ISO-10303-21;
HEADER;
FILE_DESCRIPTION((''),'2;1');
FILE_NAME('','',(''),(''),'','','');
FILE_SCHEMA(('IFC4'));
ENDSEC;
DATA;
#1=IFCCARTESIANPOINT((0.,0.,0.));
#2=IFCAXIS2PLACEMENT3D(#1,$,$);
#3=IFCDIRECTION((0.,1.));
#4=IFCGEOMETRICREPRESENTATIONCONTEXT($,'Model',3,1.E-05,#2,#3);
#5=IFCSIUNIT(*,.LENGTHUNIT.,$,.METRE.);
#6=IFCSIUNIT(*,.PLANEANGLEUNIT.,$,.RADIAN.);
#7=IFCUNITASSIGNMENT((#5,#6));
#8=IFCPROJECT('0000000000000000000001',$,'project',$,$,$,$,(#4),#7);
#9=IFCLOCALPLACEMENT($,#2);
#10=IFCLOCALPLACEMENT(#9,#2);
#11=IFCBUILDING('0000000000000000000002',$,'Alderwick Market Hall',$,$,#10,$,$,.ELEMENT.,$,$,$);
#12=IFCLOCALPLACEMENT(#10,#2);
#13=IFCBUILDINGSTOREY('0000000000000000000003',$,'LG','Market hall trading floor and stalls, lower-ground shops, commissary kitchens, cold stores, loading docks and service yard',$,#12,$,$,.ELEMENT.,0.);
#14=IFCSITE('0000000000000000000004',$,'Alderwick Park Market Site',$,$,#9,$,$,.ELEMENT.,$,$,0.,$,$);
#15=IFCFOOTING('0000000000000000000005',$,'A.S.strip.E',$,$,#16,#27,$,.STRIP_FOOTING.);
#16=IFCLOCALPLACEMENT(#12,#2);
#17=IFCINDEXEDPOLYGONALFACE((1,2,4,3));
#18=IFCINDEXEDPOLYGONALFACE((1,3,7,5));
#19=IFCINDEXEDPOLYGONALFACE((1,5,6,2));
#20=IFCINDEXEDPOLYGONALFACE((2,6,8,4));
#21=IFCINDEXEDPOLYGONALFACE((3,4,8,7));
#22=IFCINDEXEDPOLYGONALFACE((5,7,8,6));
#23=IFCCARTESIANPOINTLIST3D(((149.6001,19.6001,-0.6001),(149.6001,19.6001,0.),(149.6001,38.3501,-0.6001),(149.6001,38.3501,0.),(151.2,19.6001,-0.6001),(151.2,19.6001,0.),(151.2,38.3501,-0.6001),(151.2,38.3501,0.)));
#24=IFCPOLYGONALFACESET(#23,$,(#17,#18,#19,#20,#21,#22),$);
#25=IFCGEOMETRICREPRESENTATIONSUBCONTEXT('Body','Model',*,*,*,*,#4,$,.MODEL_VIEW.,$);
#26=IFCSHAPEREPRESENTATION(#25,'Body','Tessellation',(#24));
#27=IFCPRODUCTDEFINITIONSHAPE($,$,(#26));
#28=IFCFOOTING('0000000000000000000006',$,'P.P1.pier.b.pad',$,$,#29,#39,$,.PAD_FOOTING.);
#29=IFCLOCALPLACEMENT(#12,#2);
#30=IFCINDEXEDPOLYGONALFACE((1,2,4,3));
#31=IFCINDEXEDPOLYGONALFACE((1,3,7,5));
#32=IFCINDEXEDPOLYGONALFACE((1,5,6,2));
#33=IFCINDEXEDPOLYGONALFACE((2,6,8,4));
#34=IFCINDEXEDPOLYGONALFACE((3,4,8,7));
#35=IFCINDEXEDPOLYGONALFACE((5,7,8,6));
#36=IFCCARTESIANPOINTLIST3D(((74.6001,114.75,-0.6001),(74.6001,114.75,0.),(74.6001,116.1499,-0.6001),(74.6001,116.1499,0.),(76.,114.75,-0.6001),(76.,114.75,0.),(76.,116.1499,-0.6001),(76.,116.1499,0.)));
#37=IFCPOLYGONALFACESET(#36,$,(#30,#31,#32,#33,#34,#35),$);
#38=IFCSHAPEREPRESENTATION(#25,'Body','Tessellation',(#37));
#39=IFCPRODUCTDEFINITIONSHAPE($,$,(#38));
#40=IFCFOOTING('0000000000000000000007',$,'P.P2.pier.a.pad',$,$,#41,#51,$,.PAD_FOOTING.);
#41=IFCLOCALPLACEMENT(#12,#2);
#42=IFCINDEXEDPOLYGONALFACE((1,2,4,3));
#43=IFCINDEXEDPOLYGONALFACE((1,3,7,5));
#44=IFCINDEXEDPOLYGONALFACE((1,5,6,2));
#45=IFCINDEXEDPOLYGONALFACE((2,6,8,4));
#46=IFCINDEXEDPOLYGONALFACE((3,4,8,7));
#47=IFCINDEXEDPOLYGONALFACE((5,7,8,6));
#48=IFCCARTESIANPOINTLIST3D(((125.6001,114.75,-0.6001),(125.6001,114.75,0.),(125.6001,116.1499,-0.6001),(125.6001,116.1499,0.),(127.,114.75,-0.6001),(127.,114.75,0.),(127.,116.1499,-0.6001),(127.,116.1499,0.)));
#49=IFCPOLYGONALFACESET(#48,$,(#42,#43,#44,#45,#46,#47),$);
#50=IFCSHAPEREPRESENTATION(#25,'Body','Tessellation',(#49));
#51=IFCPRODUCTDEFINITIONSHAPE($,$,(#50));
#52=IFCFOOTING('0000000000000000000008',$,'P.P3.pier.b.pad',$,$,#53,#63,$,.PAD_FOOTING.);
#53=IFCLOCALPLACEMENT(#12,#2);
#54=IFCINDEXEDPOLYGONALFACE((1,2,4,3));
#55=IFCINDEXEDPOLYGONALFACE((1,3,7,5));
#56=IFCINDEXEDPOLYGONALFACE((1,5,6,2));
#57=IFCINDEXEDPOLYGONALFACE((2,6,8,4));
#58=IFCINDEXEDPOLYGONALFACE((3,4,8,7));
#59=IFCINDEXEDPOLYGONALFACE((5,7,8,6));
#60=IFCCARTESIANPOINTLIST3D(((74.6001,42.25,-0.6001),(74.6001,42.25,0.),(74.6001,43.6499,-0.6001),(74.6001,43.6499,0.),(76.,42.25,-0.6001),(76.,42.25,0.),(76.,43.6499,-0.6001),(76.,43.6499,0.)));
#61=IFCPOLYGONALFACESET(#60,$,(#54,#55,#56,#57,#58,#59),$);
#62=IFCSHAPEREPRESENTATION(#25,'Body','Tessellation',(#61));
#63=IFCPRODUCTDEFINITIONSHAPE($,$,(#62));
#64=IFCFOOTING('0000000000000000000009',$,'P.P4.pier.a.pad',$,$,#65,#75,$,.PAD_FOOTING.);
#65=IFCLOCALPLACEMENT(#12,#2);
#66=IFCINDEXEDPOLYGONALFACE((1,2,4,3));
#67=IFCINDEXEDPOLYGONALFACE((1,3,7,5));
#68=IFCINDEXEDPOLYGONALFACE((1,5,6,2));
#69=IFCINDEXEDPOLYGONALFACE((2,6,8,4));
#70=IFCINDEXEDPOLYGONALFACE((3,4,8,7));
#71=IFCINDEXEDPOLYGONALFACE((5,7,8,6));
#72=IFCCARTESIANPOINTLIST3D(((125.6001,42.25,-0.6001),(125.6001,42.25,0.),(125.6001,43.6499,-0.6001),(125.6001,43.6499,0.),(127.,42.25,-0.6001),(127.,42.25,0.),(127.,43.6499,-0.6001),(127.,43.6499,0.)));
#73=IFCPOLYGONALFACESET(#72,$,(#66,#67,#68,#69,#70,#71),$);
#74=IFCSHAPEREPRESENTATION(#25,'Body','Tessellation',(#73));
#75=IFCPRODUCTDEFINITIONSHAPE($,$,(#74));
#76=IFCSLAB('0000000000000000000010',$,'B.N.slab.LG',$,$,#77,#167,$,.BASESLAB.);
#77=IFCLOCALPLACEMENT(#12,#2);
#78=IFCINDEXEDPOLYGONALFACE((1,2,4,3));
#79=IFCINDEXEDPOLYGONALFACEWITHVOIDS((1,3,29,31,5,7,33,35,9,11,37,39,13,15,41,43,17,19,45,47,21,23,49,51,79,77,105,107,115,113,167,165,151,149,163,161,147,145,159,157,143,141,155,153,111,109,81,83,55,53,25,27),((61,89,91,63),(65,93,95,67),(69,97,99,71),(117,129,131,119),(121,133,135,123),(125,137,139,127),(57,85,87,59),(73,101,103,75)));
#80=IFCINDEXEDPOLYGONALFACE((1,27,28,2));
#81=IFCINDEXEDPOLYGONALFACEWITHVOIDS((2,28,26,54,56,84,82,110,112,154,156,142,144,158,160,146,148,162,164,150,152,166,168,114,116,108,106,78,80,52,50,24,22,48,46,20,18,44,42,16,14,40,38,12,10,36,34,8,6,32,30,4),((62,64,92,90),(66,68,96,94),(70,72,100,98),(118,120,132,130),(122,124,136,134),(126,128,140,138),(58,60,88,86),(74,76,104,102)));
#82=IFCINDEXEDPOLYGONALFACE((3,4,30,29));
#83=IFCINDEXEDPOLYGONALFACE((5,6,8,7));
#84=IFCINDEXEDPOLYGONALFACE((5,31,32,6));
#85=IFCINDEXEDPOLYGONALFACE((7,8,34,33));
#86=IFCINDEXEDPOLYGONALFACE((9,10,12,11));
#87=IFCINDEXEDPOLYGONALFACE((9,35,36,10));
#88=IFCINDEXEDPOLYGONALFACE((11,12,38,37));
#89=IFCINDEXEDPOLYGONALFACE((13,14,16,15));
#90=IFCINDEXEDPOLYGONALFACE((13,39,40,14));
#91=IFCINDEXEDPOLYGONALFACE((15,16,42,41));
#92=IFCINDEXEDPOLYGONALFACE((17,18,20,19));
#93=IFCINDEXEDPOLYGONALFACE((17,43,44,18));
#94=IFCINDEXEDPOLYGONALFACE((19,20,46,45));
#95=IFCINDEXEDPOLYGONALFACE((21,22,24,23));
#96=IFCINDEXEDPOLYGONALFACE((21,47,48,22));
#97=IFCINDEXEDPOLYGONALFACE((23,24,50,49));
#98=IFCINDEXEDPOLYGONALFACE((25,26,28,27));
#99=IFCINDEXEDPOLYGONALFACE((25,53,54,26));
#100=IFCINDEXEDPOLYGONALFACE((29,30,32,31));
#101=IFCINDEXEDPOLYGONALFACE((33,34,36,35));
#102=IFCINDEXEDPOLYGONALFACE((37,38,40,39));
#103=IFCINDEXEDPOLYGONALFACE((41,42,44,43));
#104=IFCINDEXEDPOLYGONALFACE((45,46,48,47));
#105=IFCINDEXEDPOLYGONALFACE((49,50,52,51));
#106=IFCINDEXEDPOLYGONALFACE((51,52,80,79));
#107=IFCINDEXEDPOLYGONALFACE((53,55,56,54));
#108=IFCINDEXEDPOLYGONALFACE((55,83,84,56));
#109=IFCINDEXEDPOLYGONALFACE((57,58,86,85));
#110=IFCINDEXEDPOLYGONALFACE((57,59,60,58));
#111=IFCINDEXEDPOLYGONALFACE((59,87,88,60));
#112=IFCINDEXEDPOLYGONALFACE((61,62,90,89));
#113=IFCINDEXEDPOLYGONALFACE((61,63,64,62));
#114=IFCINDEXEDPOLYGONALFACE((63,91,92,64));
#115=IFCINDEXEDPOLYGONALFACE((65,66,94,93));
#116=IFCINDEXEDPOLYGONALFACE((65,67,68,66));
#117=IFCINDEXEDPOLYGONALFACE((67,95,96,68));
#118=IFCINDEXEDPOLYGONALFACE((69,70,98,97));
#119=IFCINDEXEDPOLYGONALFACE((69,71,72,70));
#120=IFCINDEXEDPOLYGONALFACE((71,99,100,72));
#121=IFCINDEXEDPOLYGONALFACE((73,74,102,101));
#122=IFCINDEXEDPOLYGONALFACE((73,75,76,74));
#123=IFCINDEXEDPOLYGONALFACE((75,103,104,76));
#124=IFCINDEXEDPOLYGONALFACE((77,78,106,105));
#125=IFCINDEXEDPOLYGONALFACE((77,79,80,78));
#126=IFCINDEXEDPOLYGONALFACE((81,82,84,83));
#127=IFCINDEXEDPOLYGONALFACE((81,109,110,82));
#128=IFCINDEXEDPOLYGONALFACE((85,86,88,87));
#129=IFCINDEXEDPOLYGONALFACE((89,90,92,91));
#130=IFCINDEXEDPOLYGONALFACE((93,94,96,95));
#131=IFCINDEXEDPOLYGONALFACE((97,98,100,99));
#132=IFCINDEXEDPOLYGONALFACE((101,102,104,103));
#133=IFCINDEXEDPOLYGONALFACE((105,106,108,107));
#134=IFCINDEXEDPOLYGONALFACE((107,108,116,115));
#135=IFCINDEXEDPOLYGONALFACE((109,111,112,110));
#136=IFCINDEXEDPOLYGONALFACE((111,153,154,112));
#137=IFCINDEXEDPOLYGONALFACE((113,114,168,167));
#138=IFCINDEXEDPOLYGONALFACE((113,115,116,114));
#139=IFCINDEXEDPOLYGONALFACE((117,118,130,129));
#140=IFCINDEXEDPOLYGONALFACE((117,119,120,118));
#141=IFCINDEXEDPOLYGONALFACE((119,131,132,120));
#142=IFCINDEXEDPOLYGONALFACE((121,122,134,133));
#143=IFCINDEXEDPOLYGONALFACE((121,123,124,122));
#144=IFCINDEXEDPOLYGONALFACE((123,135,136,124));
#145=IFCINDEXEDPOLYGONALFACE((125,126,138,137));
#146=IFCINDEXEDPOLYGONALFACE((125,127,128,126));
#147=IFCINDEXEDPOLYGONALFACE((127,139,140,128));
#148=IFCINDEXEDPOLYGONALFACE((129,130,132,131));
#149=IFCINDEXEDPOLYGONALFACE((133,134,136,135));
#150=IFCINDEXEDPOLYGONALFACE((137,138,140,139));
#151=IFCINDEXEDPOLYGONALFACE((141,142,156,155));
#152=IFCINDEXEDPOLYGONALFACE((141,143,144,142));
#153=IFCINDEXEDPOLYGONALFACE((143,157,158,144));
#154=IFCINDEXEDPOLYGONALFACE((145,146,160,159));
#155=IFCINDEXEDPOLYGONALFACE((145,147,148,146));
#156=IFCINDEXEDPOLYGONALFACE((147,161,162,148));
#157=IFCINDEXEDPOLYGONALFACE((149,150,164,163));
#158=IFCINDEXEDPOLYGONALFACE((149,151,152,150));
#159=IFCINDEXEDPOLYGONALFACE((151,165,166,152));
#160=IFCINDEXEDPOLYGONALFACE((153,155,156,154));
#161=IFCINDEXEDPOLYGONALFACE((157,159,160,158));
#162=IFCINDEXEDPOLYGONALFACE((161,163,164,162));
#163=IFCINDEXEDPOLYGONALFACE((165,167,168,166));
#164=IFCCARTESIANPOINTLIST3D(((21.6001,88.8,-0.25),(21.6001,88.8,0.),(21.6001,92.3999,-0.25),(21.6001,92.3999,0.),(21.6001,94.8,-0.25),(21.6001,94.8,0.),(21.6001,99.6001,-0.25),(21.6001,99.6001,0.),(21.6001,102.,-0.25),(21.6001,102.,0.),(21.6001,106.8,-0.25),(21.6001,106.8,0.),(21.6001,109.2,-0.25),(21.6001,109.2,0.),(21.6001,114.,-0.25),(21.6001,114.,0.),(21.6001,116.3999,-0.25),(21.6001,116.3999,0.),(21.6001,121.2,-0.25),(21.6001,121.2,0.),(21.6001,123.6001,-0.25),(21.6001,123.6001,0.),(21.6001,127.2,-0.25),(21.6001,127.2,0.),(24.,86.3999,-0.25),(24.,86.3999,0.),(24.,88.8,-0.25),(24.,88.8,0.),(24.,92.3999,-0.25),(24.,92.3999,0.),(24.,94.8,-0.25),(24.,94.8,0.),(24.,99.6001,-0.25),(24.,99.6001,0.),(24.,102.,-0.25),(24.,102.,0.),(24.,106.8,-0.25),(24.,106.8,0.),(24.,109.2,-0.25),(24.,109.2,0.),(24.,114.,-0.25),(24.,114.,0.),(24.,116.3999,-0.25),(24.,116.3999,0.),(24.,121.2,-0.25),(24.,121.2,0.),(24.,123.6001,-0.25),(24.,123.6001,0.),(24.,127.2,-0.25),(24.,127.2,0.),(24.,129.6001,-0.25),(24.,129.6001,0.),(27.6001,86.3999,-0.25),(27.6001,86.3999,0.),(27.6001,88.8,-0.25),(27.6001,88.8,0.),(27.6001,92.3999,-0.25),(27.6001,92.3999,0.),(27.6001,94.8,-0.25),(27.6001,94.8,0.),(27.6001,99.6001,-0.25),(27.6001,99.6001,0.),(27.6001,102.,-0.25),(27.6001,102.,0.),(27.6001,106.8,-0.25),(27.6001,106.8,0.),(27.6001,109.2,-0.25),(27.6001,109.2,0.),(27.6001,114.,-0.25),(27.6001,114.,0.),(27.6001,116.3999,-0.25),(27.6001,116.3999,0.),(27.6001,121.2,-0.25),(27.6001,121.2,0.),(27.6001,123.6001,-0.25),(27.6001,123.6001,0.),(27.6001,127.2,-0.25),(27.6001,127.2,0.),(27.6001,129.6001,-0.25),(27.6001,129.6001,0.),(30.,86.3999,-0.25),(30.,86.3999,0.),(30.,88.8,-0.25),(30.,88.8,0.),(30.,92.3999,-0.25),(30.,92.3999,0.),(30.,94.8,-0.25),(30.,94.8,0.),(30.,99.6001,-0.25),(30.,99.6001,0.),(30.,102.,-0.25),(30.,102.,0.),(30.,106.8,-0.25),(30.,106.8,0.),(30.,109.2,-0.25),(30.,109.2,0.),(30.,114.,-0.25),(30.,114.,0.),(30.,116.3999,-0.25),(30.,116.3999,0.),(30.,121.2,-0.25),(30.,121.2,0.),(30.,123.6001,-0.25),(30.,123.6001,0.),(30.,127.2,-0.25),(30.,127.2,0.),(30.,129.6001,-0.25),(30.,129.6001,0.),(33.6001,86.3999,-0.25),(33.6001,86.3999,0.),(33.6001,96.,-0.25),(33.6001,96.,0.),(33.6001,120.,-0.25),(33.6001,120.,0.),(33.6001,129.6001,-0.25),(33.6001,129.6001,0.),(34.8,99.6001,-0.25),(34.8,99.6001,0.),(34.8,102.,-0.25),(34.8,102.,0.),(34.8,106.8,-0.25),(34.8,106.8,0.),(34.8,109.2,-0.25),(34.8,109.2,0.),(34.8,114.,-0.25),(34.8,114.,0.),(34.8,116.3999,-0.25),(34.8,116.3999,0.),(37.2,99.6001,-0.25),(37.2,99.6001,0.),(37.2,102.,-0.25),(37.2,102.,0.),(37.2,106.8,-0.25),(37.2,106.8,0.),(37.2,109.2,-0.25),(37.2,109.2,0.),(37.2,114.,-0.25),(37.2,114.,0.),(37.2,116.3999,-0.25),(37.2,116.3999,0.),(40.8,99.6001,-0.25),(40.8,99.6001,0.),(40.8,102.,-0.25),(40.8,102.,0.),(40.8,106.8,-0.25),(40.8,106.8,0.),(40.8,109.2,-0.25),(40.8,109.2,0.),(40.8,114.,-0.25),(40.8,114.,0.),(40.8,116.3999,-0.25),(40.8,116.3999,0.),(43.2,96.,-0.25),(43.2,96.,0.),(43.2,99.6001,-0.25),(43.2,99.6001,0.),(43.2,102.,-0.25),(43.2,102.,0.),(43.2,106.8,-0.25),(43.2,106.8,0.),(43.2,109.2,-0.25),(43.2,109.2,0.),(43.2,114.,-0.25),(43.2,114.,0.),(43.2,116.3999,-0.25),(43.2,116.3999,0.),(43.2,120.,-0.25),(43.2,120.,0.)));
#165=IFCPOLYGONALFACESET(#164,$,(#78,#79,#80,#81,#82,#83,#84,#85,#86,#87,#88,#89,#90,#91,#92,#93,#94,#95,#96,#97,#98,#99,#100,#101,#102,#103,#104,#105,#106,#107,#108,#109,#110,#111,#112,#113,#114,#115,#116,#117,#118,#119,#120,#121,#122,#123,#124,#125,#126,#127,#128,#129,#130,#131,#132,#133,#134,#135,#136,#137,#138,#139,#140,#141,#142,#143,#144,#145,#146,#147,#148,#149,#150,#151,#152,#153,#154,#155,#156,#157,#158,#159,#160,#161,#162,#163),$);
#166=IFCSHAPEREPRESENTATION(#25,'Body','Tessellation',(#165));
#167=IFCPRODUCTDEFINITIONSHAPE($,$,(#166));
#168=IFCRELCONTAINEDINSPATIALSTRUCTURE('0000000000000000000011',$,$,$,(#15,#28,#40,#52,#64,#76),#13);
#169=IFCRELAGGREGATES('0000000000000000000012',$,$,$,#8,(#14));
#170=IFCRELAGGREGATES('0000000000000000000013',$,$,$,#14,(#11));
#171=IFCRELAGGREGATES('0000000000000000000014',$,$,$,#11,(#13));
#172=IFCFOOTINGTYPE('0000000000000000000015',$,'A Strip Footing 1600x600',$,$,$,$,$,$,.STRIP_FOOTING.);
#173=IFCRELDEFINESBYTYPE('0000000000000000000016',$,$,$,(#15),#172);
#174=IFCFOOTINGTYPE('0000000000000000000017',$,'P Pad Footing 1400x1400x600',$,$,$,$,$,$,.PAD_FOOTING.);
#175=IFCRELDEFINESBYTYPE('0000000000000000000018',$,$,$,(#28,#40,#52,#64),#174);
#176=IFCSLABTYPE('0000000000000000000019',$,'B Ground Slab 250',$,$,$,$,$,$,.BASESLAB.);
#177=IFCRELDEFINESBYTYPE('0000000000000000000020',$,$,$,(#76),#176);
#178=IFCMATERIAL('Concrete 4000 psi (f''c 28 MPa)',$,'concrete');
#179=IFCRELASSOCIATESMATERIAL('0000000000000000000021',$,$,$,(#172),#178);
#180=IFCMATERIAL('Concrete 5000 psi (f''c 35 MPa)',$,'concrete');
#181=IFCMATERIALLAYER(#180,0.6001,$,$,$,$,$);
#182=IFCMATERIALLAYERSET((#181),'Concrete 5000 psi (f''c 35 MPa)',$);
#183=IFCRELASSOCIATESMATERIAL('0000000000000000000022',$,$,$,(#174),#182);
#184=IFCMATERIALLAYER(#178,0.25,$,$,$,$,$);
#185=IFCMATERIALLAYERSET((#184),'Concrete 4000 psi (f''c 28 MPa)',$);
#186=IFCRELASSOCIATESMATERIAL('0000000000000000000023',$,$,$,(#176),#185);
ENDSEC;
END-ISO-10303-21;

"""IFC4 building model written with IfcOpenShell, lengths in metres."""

from ifc_helpers import new_model, si_unit, direction, frame, origin, place, context, subcontext, project, spatial, polyline, outline, extrude, material, layer, layer_set, type_object, element, save


model = new_model("IFC4")

# Units and contexts
model_context = context("Model", 3, precision=1e-05, world=origin(), true_north=direction((0.0, 1.0)))
body_context = subcontext(model_context, "Body", "Model", "MODEL_VIEW")
ifc_project = project(units=[si_unit("LENGTHUNIT", "METRE"), si_unit("PLANEANGLEUNIT", "RADIAN")], contexts=[model_context])

# Site, building, storey
site_placement = place(None, origin())
site = spatial("IfcSite", under=ifc_project, at=site_placement, Name="Alderwick Park Market Site", CompositionType="ELEMENT", RefElevation=0.0)
building_placement = place(site_placement, origin())
building = spatial("IfcBuilding", under=site, at=building_placement, Name="Alderwick Market Hall", CompositionType="ELEMENT")
storey_placement = place(building_placement, origin())
storey = spatial("IfcBuildingStorey", under=building, at=storey_placement, Name="LG", Description="Market hall trading floor and stalls, lower-ground shops, commissary kitchens, cold stores, loading docks and service yard", CompositionType="ELEMENT", Elevation=0.0)

# Footings
ifc_material_1 = material(Name="Concrete 4000 psi (f'c 28 MPa)", Category="concrete")
footing_type_1 = type_object("IfcFootingType", Name="A Strip Footing 1600x600", PredefinedType="STRIP_FOOTING", material=ifc_material_1)
footing_1_placement = place(storey_placement, frame((0.0, 0.0, -0.6001)))
element("IfcFooting", 1, at=footing_1_placement, inside=storey, type_object=footing_type_1, Name="A.S.strip.E", PredefinedType="STRIP_FOOTING", context=body_context, shape_type="SweptSolid", body=[
    extrude(outline(polyline([(149.6001, 19.6001), (151.2, 19.6001), (151.2, 38.3501), (149.6001, 38.3501), (149.6001, 19.6001)])), origin(), (0.0, 0.0, 1.0), 0.6001),
])
ifc_material_2 = material(Name="Concrete 5000 psi (f'c 35 MPa)", Category="concrete")
ifc_layer_1 = layer(ifc_material_2, 0.6001)
ifc_layer_set_1 = layer_set([ifc_layer_1], Name="Concrete 5000 psi (f'c 35 MPa)")
footing_type_2 = type_object("IfcFootingType", Name="P Pad Footing 1400x1400x600", PredefinedType="PAD_FOOTING", material=ifc_layer_set_1)
footing_2_placement = place(storey_placement, frame((0.0, 0.0, -0.6001)))
element("IfcFooting", 2, at=footing_2_placement, inside=storey, type_object=footing_type_2, Name="P.P1.pier.b.pad", PredefinedType="PAD_FOOTING", context=body_context, shape_type="SweptSolid", body=[
    extrude(outline(polyline([(74.6001, 114.75), (76.0, 114.75), (76.0, 116.1499), (74.6001, 116.1499), (74.6001, 114.75)])), origin(), (0.0, 0.0, 1.0), 0.6001),
])
footing_3_placement = place(storey_placement, frame((0.0, 0.0, -0.6001)))
element("IfcFooting", 3, at=footing_3_placement, inside=storey, type_object=footing_type_2, Name="P.P2.pier.a.pad", PredefinedType="PAD_FOOTING", context=body_context, shape_type="SweptSolid", body=[
    extrude(outline(polyline([(125.6001, 114.75), (127.0, 114.75), (127.0, 116.1499), (125.6001, 116.1499), (125.6001, 114.75)])), origin(), (0.0, 0.0, 1.0), 0.6001),
])
footing_4_placement = place(storey_placement, frame((0.0, 0.0, -0.6001)))
element("IfcFooting", 4, at=footing_4_placement, inside=storey, type_object=footing_type_2, Name="P.P3.pier.b.pad", PredefinedType="PAD_FOOTING", context=body_context, shape_type="SweptSolid", body=[
    extrude(outline(polyline([(74.6001, 42.25), (76.0, 42.25), (76.0, 43.6499), (74.6001, 43.6499), (74.6001, 42.25)])), origin(), (0.0, 0.0, 1.0), 0.6001),
])
footing_5_placement = place(storey_placement, frame((0.0, 0.0, -0.6001)))
element("IfcFooting", 5, at=footing_5_placement, inside=storey, type_object=footing_type_2, Name="P.P4.pier.a.pad", PredefinedType="PAD_FOOTING", context=body_context, shape_type="SweptSolid", body=[
    extrude(outline(polyline([(125.6001, 42.25), (127.0, 42.25), (127.0, 43.6499), (125.6001, 43.6499), (125.6001, 42.25)])), origin(), (0.0, 0.0, 1.0), 0.6001),
])

# Slab
ifc_layer_2 = layer(ifc_material_1, 0.25)
ifc_layer_set_2 = layer_set([ifc_layer_2], Name="Concrete 4000 psi (f'c 28 MPa)")
slab_type_1 = type_object("IfcSlabType", Name="B Ground Slab 250", PredefinedType="BASESLAB", material=ifc_layer_set_2)
slab_1_placement = place(storey_placement, frame((0.0, 0.0, -0.25)))
element("IfcSlab", 6, at=slab_1_placement, inside=storey, type_object=slab_type_1, Name="B.N.slab.LG", PredefinedType="BASESLAB", context=body_context, shape_type="SweptSolid", body=[
    extrude(outline(polyline([(30.0, 129.6001), (33.6001, 129.6001), (33.6001, 120.0), (43.2, 120.0), (43.2, 116.3999), (40.8, 116.3999), (40.8, 114.0), (43.2, 114.0), (43.2, 109.2), (40.8, 109.2), (40.8, 106.8), (43.2, 106.8), (43.2, 102.0), (40.8, 102.0), (40.8, 99.6001), (43.2, 99.6001), (43.2, 96.0), (33.6001, 96.0), (33.6001, 86.3999), (30.0, 86.3999), (30.0, 88.8), (27.6001, 88.8), (27.6001, 86.3999), (24.0, 86.3999), (24.0, 88.8), (21.6001, 88.8), (21.6001, 92.3999), (24.0, 92.3999), (24.0, 94.8), (21.6001, 94.8), (21.6001, 99.6001), (24.0, 99.6001), (24.0, 102.0), (21.6001, 102.0), (21.6001, 106.8), (24.0, 106.8), (24.0, 109.2), (21.6001, 109.2), (21.6001, 114.0), (24.0, 114.0), (24.0, 116.3999), (21.6001, 116.3999), (21.6001, 121.2), (24.0, 121.2), (24.0, 123.6001), (21.6001, 123.6001), (21.6001, 127.2), (24.0, 127.2), (24.0, 129.6001), (27.6001, 129.6001), (27.6001, 127.2), (30.0, 127.2), (30.0, 129.6001)]), holes=[polyline([(27.6001, 123.6001), (27.6001, 121.2), (30.0, 121.2), (30.0, 123.6001), (27.6001, 123.6001)]), polyline([(30.0, 116.3999), (27.6001, 116.3999), (27.6001, 114.0), (30.0, 114.0), (30.0, 116.3999)]), polyline([(30.0, 106.8), (30.0, 109.2), (27.6001, 109.2), (27.6001, 106.8), (30.0, 106.8)]), polyline([(27.6001, 99.6001), (30.0, 99.6001), (30.0, 102.0), (27.6001, 102.0), (27.6001, 99.6001)]), polyline([(27.6001, 94.8), (27.6001, 92.3999), (30.0, 92.3999), (30.0, 94.8), (27.6001, 94.8)]), polyline([(37.2, 114.0), (37.2, 116.3999), (34.8, 116.3999), (34.8, 114.0), (37.2, 114.0)]), polyline([(34.8, 106.8), (37.2, 106.8), (37.2, 109.2), (34.8, 109.2), (34.8, 106.8)]), polyline([(34.8, 102.0), (34.8, 99.6001), (37.2, 99.6001), (37.2, 102.0), (34.8, 102.0)])]), origin(), (0.0, 0.0, 1.0), 0.25),
])

save(model, "model.ifc")
